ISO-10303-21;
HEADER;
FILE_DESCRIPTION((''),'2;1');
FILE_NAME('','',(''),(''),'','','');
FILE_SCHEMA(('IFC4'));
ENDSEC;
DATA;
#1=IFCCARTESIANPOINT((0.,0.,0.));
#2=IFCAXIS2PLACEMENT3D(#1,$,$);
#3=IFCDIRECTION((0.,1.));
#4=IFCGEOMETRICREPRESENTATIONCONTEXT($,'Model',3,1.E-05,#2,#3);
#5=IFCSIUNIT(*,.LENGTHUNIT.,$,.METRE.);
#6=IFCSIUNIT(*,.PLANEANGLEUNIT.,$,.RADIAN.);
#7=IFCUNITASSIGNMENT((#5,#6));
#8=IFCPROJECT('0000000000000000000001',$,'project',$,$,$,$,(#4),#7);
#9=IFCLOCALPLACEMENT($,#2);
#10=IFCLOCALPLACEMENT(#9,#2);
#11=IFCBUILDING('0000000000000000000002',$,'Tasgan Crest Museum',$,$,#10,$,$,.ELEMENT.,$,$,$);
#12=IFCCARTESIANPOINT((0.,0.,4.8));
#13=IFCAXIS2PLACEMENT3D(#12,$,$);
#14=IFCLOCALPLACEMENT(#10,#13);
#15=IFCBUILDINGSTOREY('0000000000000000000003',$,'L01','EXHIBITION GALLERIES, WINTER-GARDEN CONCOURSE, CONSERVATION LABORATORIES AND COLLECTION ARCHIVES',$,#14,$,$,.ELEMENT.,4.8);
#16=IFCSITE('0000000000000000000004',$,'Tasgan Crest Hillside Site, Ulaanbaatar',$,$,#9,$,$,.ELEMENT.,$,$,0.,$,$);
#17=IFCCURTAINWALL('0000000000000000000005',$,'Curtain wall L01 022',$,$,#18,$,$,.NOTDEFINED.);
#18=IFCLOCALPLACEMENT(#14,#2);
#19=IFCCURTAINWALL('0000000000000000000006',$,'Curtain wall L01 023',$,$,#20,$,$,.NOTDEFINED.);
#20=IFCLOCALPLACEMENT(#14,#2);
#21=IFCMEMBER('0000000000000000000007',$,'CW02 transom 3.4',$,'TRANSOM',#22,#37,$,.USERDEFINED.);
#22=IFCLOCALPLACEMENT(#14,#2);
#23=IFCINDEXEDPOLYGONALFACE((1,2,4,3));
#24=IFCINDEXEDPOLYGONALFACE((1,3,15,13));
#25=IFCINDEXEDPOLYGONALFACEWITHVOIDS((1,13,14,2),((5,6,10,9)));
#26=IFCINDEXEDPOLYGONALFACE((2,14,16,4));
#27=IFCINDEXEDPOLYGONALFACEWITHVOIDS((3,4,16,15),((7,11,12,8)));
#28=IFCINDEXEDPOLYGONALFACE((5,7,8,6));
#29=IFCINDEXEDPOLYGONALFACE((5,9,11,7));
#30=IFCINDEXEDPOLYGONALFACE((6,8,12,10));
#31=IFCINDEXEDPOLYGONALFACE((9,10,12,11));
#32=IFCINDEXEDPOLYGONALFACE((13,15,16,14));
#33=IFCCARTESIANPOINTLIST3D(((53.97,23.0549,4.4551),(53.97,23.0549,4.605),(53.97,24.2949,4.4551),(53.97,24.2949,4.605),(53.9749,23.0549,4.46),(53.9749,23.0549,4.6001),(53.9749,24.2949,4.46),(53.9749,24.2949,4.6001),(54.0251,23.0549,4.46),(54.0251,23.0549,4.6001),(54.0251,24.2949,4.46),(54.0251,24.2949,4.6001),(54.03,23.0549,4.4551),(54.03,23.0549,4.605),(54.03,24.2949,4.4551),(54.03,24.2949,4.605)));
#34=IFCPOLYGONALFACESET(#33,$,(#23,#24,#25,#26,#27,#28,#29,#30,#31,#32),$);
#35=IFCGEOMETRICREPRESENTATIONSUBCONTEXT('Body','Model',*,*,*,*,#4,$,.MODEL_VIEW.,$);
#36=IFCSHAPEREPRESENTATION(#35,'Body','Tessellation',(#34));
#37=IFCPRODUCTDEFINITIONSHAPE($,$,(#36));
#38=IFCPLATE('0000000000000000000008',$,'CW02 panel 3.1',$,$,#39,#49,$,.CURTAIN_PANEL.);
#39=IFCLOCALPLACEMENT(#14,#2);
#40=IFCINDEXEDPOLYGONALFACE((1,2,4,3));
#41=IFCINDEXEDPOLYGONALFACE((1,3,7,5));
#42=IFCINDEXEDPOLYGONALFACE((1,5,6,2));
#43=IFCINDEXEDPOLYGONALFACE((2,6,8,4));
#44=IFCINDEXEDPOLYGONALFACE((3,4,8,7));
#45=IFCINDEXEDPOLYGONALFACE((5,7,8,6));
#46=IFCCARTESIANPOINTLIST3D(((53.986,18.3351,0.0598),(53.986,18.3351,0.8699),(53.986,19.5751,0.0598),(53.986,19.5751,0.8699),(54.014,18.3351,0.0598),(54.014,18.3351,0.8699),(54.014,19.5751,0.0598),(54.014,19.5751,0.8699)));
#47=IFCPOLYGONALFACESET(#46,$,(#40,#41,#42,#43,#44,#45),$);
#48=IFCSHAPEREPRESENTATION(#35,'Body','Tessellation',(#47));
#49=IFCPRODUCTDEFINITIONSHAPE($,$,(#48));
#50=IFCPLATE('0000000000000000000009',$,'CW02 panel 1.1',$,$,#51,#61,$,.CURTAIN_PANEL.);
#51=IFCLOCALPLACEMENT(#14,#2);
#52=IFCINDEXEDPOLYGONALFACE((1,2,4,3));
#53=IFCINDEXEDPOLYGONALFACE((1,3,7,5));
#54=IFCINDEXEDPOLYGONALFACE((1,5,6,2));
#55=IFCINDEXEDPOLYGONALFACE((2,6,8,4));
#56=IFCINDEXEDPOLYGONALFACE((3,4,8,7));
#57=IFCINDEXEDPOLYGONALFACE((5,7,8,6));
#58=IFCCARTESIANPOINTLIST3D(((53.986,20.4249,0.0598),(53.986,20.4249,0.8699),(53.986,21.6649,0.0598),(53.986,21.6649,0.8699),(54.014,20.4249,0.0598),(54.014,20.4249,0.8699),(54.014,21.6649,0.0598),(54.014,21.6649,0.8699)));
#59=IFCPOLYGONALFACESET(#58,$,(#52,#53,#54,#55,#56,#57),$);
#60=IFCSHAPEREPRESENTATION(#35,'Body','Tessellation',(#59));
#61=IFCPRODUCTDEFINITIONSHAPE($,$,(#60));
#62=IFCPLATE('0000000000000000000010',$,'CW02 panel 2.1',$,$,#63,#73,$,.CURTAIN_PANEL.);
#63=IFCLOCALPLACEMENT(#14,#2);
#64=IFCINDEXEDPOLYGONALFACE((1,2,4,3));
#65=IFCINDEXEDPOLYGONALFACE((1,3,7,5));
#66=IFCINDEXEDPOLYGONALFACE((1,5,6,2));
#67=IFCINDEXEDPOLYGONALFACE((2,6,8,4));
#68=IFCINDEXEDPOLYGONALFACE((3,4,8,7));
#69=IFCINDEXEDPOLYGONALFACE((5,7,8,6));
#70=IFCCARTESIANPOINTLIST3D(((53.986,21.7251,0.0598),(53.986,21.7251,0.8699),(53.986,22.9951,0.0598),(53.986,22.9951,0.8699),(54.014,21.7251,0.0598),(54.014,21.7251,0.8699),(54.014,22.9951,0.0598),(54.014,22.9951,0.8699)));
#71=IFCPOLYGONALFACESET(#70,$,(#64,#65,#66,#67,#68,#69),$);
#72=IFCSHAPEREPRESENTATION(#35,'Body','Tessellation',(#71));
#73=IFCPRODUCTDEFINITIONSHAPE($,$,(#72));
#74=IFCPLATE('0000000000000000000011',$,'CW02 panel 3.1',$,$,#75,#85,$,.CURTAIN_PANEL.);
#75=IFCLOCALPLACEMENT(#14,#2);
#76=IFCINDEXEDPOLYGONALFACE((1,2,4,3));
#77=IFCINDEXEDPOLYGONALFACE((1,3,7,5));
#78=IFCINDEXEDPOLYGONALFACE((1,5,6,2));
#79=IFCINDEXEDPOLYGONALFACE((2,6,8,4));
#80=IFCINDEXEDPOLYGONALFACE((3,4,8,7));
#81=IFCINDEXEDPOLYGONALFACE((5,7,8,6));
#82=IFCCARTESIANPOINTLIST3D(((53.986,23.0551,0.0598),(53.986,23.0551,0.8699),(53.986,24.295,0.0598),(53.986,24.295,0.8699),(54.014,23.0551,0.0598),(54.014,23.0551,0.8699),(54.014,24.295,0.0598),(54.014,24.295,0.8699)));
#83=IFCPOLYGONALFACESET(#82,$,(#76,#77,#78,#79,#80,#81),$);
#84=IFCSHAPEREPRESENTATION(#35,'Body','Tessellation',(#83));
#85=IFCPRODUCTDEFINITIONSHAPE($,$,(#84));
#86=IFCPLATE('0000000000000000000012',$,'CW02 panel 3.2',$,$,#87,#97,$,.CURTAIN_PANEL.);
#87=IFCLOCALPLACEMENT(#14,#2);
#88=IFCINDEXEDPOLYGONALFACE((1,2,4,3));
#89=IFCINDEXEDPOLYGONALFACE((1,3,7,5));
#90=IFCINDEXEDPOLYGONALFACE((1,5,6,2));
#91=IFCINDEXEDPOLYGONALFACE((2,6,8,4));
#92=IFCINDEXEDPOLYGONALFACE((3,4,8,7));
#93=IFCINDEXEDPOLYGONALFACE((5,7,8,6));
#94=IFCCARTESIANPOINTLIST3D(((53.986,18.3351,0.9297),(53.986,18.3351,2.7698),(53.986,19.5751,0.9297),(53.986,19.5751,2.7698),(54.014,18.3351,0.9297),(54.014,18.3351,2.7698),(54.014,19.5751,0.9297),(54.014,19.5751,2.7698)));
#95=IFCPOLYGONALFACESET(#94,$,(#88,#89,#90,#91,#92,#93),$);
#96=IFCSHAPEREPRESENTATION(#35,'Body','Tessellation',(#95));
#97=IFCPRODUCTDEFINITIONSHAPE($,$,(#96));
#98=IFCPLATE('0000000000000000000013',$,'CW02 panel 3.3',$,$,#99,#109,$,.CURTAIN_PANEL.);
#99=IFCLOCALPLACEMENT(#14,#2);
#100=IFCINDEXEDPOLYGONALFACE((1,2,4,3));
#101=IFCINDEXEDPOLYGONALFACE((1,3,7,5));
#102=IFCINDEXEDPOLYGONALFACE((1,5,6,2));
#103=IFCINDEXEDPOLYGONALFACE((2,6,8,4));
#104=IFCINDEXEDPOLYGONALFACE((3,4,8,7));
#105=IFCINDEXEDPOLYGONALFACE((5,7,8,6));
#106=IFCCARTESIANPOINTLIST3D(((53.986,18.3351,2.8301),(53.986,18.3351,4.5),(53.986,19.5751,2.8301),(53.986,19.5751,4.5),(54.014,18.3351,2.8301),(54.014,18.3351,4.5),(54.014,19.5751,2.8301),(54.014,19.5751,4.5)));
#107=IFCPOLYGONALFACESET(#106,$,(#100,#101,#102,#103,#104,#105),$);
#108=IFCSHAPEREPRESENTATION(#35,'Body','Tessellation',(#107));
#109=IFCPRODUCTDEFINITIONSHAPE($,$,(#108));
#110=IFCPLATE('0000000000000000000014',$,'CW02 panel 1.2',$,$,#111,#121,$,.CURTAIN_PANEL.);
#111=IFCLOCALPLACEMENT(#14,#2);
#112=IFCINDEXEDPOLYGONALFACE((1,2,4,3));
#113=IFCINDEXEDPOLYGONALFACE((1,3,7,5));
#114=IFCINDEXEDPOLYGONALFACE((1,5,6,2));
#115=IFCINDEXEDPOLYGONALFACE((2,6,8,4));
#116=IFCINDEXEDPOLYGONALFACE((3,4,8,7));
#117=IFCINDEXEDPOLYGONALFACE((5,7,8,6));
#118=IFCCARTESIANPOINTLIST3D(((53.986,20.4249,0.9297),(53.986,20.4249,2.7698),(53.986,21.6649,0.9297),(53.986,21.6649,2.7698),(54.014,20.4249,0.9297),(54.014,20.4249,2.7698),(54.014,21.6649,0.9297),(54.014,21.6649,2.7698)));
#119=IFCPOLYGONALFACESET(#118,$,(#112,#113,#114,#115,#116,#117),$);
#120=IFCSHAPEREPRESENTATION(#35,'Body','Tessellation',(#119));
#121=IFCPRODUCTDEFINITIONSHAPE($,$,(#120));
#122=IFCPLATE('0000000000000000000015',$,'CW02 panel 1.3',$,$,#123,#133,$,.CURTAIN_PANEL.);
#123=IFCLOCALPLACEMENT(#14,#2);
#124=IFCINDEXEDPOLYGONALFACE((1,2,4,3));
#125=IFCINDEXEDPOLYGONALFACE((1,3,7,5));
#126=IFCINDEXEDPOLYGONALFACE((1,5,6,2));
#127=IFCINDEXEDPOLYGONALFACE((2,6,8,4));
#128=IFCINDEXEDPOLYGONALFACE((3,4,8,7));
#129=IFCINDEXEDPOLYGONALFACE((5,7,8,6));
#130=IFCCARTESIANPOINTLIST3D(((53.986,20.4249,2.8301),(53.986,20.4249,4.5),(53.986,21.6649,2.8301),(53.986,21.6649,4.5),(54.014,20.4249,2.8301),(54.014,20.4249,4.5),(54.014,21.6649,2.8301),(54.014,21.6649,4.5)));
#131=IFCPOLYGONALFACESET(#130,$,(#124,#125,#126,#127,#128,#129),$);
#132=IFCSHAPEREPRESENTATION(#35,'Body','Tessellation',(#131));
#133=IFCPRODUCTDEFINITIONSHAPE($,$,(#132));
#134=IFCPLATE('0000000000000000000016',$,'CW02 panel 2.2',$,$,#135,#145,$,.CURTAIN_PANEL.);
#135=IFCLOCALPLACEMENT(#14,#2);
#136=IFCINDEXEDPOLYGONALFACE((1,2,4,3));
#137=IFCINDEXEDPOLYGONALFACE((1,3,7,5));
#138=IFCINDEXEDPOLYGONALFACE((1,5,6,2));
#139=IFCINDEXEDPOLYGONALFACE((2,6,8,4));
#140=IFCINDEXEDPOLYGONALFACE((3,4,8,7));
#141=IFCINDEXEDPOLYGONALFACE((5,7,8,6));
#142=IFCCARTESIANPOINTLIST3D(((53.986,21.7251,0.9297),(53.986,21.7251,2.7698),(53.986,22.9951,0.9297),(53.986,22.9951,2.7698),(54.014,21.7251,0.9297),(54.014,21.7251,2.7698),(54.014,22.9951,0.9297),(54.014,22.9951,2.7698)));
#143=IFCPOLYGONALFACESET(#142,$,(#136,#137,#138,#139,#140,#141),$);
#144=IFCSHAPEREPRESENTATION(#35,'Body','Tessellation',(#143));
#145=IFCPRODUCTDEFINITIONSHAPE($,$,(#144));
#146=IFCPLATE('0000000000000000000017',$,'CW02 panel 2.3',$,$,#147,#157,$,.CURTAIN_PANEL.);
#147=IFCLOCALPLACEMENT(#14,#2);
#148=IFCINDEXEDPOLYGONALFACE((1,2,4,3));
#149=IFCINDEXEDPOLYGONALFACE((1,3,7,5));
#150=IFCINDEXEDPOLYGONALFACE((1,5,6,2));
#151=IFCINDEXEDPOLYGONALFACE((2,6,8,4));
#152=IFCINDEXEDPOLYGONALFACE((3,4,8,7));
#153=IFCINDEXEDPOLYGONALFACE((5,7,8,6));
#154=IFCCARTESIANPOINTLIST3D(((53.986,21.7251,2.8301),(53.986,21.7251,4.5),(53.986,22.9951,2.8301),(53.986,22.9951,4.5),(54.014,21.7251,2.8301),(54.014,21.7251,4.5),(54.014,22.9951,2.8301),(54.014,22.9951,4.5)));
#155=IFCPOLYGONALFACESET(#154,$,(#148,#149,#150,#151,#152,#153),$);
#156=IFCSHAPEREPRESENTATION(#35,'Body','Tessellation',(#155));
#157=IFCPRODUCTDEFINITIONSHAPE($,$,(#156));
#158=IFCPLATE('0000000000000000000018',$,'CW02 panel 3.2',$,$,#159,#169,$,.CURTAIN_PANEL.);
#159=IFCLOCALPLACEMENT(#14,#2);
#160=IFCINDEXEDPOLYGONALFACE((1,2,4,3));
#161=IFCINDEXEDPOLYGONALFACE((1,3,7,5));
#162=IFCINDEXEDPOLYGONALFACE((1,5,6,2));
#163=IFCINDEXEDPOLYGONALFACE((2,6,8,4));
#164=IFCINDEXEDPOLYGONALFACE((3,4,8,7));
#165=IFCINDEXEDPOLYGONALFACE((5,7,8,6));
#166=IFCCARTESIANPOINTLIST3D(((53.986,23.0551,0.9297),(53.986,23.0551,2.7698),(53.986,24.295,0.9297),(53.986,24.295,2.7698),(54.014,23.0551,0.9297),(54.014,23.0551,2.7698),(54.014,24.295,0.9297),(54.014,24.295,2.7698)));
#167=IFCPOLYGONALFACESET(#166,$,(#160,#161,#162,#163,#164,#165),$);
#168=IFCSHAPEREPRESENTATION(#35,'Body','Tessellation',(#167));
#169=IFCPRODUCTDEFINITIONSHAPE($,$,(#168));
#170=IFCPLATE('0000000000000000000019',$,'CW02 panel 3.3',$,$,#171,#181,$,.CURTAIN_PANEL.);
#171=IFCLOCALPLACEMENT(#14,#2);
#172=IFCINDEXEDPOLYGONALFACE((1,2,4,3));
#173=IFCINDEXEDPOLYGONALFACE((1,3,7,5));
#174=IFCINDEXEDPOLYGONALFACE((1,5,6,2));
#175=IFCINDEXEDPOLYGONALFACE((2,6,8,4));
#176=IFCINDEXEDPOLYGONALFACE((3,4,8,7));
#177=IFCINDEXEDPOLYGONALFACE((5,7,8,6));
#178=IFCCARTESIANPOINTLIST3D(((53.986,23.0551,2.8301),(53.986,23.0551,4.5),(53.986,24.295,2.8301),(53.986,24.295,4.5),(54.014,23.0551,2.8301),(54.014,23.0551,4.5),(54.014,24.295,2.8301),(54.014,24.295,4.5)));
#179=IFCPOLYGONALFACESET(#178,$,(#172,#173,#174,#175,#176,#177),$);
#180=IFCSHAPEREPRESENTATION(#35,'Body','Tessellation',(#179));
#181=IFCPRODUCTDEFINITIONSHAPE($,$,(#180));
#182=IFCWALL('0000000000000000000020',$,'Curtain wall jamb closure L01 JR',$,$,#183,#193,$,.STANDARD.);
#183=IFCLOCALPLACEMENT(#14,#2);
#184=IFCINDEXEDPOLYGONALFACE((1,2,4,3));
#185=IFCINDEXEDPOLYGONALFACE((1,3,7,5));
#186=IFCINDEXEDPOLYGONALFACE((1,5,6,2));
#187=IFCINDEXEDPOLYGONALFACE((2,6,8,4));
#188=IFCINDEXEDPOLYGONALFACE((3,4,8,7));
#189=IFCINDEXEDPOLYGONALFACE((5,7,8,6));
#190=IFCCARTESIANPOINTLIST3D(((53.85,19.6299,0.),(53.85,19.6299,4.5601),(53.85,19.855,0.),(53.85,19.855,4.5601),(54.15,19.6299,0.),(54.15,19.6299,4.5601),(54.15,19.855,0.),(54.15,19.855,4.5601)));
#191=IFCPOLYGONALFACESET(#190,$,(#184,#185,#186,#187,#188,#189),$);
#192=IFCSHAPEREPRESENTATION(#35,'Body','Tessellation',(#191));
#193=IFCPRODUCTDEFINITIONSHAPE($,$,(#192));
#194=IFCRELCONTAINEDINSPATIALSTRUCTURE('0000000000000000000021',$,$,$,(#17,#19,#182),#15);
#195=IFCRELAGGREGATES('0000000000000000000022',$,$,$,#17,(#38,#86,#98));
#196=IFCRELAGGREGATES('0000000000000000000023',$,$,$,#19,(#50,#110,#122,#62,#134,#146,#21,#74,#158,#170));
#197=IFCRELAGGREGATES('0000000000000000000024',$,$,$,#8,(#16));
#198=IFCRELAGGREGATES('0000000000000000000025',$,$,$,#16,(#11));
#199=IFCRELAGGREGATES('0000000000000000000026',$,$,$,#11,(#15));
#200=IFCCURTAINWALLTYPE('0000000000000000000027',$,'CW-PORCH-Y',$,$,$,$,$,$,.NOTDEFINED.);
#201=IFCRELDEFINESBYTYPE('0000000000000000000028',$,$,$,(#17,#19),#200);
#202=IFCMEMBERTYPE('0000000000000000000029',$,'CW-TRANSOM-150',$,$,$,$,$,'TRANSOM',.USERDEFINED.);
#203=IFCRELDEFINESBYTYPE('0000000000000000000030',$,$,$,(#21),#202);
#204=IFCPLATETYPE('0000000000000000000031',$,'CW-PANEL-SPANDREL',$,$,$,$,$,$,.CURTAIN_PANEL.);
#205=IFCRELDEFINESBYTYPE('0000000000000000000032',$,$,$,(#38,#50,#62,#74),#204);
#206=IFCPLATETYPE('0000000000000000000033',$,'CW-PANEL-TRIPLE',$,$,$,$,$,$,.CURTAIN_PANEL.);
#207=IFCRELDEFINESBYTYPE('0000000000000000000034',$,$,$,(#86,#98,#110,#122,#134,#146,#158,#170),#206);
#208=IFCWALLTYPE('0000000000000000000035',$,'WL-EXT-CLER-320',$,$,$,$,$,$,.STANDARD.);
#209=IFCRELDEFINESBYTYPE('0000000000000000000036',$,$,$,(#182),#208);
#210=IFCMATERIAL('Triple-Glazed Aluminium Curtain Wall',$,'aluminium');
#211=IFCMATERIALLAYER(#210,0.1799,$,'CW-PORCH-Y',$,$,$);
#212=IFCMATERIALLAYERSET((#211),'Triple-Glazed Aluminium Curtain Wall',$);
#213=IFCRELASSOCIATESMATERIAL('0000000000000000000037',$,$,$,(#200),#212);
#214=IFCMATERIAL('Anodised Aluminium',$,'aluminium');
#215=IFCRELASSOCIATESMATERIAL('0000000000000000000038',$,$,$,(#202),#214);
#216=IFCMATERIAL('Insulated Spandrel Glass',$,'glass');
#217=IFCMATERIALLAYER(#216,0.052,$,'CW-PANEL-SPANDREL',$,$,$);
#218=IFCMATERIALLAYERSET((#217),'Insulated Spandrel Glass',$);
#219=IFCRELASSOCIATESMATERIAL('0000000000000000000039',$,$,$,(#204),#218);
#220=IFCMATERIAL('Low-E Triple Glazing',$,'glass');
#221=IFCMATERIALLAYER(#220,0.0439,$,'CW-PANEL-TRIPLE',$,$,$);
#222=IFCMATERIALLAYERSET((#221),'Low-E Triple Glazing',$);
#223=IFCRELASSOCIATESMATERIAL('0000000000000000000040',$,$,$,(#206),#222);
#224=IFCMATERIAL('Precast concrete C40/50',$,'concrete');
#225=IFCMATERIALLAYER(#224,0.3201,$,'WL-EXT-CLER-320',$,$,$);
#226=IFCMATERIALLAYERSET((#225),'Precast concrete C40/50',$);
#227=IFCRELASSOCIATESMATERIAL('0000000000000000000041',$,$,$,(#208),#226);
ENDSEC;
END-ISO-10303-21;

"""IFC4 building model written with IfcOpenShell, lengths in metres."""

from ifc_helpers import new_model, si_unit, direction, frame, frame_2d, origin, origin_2d, place, context, subcontext, project, spatial, rectangle, hollow_rectangle, extrude, material, layer, layer_set, material_profile, profile_set, type_object, element, aggregate, save


model = new_model("IFC4")

# Units and contexts
model_context = context("Model", 3, precision=1e-05, world=origin(), true_north=direction((0.0, 1.0)))
body_context = subcontext(model_context, "Body", "Model", "MODEL_VIEW")
ifc_project = project(units=[si_unit("LENGTHUNIT", "METRE"), si_unit("PLANEANGLEUNIT", "RADIAN")], contexts=[model_context])

# Site, building, storey
site_placement = place(None, origin())
site = spatial("IfcSite", under=ifc_project, at=site_placement, Name="Tasgan Crest Hillside Site, Ulaanbaatar", CompositionType="ELEMENT", RefElevation=0.0)
building_placement = place(site_placement, origin())
building = spatial("IfcBuilding", under=site, at=building_placement, Name="Tasgan Crest Museum", CompositionType="ELEMENT")
storey_placement = place(building_placement, frame((0.0, 0.0, 4.8)))
storey = spatial("IfcBuildingStorey", under=building, at=storey_placement, Name="L01", Description="EXHIBITION GALLERIES, WINTER-GARDEN CONCOURSE, CONSERVATION LABORATORIES AND COLLECTION ARCHIVES", CompositionType="ELEMENT", Elevation=4.8)

# Curtain wall
ifc_material_1 = material(Name="Triple-Glazed Aluminium Curtain Wall", Category="aluminium")
ifc_layer_1 = layer(ifc_material_1, 0.1799, Name="CW-PORCH-Y")
ifc_layer_set_1 = layer_set([ifc_layer_1], Name="Triple-Glazed Aluminium Curtain Wall")
curtain_wall_type = type_object("IfcCurtainWallType", Name="CW-PORCH-Y", PredefinedType="NOTDEFINED", material=ifc_layer_set_1)
curtain_wall_1_placement = place(storey_placement, origin())
curtain_wall_1 = element("IfcCurtainWall", 1, at=curtain_wall_1_placement, inside=storey, type_object=curtain_wall_type, Name="Curtain wall L01 022", PredefinedType="NOTDEFINED")

# Curtain wall, member
curtain_wall_2_placement = place(storey_placement, origin())
curtain_wall_2 = element("IfcCurtainWall", 2, at=curtain_wall_2_placement, inside=storey, type_object=curtain_wall_type, Name="Curtain wall L01 023", PredefinedType="NOTDEFINED")
ifc_material_2 = material(Name="Anodised Aluminium", Category="aluminium")
ifc_material_profile_1 = material_profile(ifc_material_2, hollow_rectangle(XDim=0.0601, YDim=0.1499, WallThickness=0.0049, at=origin_2d()), Name="ALU TRANSOM 150x60x5")
ifc_profile_set_1 = profile_set([ifc_material_profile_1], Name="Anodised Aluminium")
member_type_1 = type_object("IfcMemberType", Name="CW-TRANSOM-150", ElementType="TRANSOM", PredefinedType="USERDEFINED", material=ifc_profile_set_1)
member_1_placement = place(storey_placement, frame((54.0, 23.0549, 4.53), z_axis=(0.0, 1.0, 0.0), x_axis=(-1.0, 0.0, 0.0)))
member_1 = element("IfcMember", 3, at=member_1_placement, type_object=member_type_1, Name="CW02 transom 3.4", ObjectType="TRANSOM", PredefinedType="USERDEFINED", context=body_context, shape_type="SweptSolid", body=[
    extrude(hollow_rectangle(XDim=0.0601, YDim=0.1499, WallThickness=0.0049, at=origin_2d()), origin(), (0.0, 0.0, 1.0), 1.24),
])

# Plates
ifc_material_3 = material(Name="Insulated Spandrel Glass", Category="glass")
ifc_layer_2 = layer(ifc_material_3, 0.052, Name="CW-PANEL-SPANDREL")
ifc_layer_set_2 = layer_set([ifc_layer_2], Name="Insulated Spandrel Glass")
plate_type_1 = type_object("IfcPlateType", Name="CW-PANEL-SPANDREL", PredefinedType="CURTAIN_PANEL", material=ifc_layer_set_2)
plate_1_placement = place(storey_placement, frame((54.0, 18.9551, 0.0598), z_axis=(0.0, 0.0, 1.0), x_axis=(0.0, 1.0, 0.0)))
plate_1 = element("IfcPlate", 4, at=plate_1_placement, type_object=plate_type_1, Name="CW02 panel 3.1", PredefinedType="CURTAIN_PANEL", context=body_context, shape_type="SweptSolid", body=[
    extrude(rectangle(XDim=1.24, YDim=0.0281, at=origin_2d()), origin(), (0.0, 0.0, 1.0), 0.8101),
])
plate_2_placement = place(storey_placement, frame((54.0, 21.0449, 0.0598), z_axis=(0.0, 0.0, 1.0), x_axis=(0.0, 1.0, 0.0)))
plate_2 = element("IfcPlate", 5, at=plate_2_placement, type_object=plate_type_1, Name="CW02 panel 1.1", PredefinedType="CURTAIN_PANEL", context=body_context, shape_type="SweptSolid", body=[
    extrude(rectangle(XDim=1.24, YDim=0.0281, at=origin_2d()), origin(), (0.0, 0.0, 1.0), 0.8101),
])
plate_3_placement = place(storey_placement, frame((54.0, 22.3601, 0.0598), z_axis=(0.0, 0.0, 1.0), x_axis=(0.0, 1.0, 0.0)))
plate_3 = element("IfcPlate", 6, at=plate_3_placement, type_object=plate_type_1, Name="CW02 panel 2.1", PredefinedType="CURTAIN_PANEL", context=body_context, shape_type="SweptSolid", body=[
    extrude(rectangle(XDim=1.27, YDim=0.0281, at=origin_2d()), origin(), (0.0, 0.0, 1.0), 0.8101),
])
plate_4_placement = place(storey_placement, frame((54.0, 23.675, 0.0598), z_axis=(0.0, 0.0, 1.0), x_axis=(0.0, 1.0, 0.0)))
plate_4 = element("IfcPlate", 7, at=plate_4_placement, type_object=plate_type_1, Name="CW02 panel 3.1", PredefinedType="CURTAIN_PANEL", context=body_context, shape_type="SweptSolid", body=[
    extrude(rectangle(XDim=1.24, YDim=0.0281, at=origin_2d()), origin(), (0.0, 0.0, 1.0), 0.8101),
])
ifc_material_4 = material(Name="Low-E Triple Glazing", Category="glass")
ifc_layer_3 = layer(ifc_material_4, 0.0439, Name="CW-PANEL-TRIPLE")
ifc_layer_set_3 = layer_set([ifc_layer_3], Name="Low-E Triple Glazing")
plate_type_2 = type_object("IfcPlateType", Name="CW-PANEL-TRIPLE", PredefinedType="CURTAIN_PANEL", material=ifc_layer_set_3)
plate_5_placement = place(storey_placement, frame((54.0, 18.9551, 0.9297), z_axis=(0.0, 0.0, 1.0), x_axis=(0.0, 1.0, 0.0)))
plate_5 = element("IfcPlate", 8, at=plate_5_placement, type_object=plate_type_2, Name="CW02 panel 3.2", PredefinedType="CURTAIN_PANEL", context=body_context, shape_type="SweptSolid", body=[
    extrude(rectangle(XDim=1.24, YDim=0.0281, at=origin_2d()), origin(), (0.0, 0.0, 1.0), 1.8401),
])
plate_6_placement = place(storey_placement, frame((54.0, 18.9551, 2.8301), z_axis=(0.0, 0.0, 1.0), x_axis=(0.0, 1.0, 0.0)))
plate_6 = element("IfcPlate", 9, at=plate_6_placement, type_object=plate_type_2, Name="CW02 panel 3.3", PredefinedType="CURTAIN_PANEL", context=body_context, shape_type="SweptSolid", body=[
    extrude(rectangle(XDim=1.24, YDim=0.0281, at=origin_2d()), origin(), (0.0, 0.0, 1.0), 1.6699),
])
aggregate(curtain_wall_1, [plate_1, plate_5, plate_6])
plate_7_placement = place(storey_placement, frame((54.0, 21.0449, 0.9297), z_axis=(0.0, 0.0, 1.0), x_axis=(0.0, 1.0, 0.0)))
plate_7 = element("IfcPlate", 10, at=plate_7_placement, type_object=plate_type_2, Name="CW02 panel 1.2", PredefinedType="CURTAIN_PANEL", context=body_context, shape_type="SweptSolid", body=[
    extrude(rectangle(XDim=1.24, YDim=0.0281, at=origin_2d()), origin(), (0.0, 0.0, 1.0), 1.8401),
])
plate_8_placement = place(storey_placement, frame((54.0, 21.0449, 2.8301), z_axis=(0.0, 0.0, 1.0), x_axis=(0.0, 1.0, 0.0)))
plate_8 = element("IfcPlate", 11, at=plate_8_placement, type_object=plate_type_2, Name="CW02 panel 1.3", PredefinedType="CURTAIN_PANEL", context=body_context, shape_type="SweptSolid", body=[
    extrude(rectangle(XDim=1.24, YDim=0.0281, at=origin_2d()), origin(), (0.0, 0.0, 1.0), 1.6699),
])
plate_9_placement = place(storey_placement, frame((54.0, 22.3601, 0.9297), z_axis=(0.0, 0.0, 1.0), x_axis=(0.0, 1.0, 0.0)))
plate_9 = element("IfcPlate", 12, at=plate_9_placement, type_object=plate_type_2, Name="CW02 panel 2.2", PredefinedType="CURTAIN_PANEL", context=body_context, shape_type="SweptSolid", body=[
    extrude(rectangle(XDim=1.27, YDim=0.0281, at=origin_2d()), origin(), (0.0, 0.0, 1.0), 1.8401),
])
plate_10_placement = place(storey_placement, frame((54.0, 22.3601, 2.8301), z_axis=(0.0, 0.0, 1.0), x_axis=(0.0, 1.0, 0.0)))
plate_10 = element("IfcPlate", 13, at=plate_10_placement, type_object=plate_type_2, Name="CW02 panel 2.3", PredefinedType="CURTAIN_PANEL", context=body_context, shape_type="SweptSolid", body=[
    extrude(rectangle(XDim=1.27, YDim=0.0281, at=origin_2d()), origin(), (0.0, 0.0, 1.0), 1.6699),
])
plate_11_placement = place(storey_placement, frame((54.0, 23.675, 0.9297), z_axis=(0.0, 0.0, 1.0), x_axis=(0.0, 1.0, 0.0)))
plate_11 = element("IfcPlate", 14, at=plate_11_placement, type_object=plate_type_2, Name="CW02 panel 3.2", PredefinedType="CURTAIN_PANEL", context=body_context, shape_type="SweptSolid", body=[
    extrude(rectangle(XDim=1.24, YDim=0.0281, at=origin_2d()), origin(), (0.0, 0.0, 1.0), 1.8401),
])
plate_12_placement = place(storey_placement, frame((54.0, 23.675, 2.8301), z_axis=(0.0, 0.0, 1.0), x_axis=(0.0, 1.0, 0.0)))
plate_12 = element("IfcPlate", 15, at=plate_12_placement, type_object=plate_type_2, Name="CW02 panel 3.3", PredefinedType="CURTAIN_PANEL", context=body_context, shape_type="SweptSolid", body=[
    extrude(rectangle(XDim=1.24, YDim=0.0281, at=origin_2d()), origin(), (0.0, 0.0, 1.0), 1.6699),
])
aggregate(curtain_wall_2, [plate_2, plate_7, plate_8, plate_3, plate_9, plate_10, member_1, plate_4, plate_11, plate_12])

# Wall
ifc_material_5 = material(Name="Precast concrete C40/50", Category="concrete")
ifc_layer_4 = layer(ifc_material_5, 0.3201, Name="WL-EXT-CLER-320")
ifc_layer_set_4 = layer_set([ifc_layer_4], Name="Precast concrete C40/50")
wall_type = type_object("IfcWallType", Name="WL-EXT-CLER-320", PredefinedType="STANDARD", material=ifc_layer_set_4)
for number, where, z_axis, x_axis, name in (
    (16, (54.0, 19.6299, 0.0), (0.0, 0.0, 1.0), (0.0, 1.0, 0.0), "Curtain wall jamb closure L01 JR"),
):
    element("IfcWall", number, at=place(storey_placement, frame(where, z_axis=z_axis, x_axis=x_axis)), inside=storey, type_object=wall_type, Name=name, PredefinedType="STANDARD", context=body_context, shape_type="SweptSolid", body=[
        extrude(rectangle(XDim=0.2251, YDim=0.3, at=frame_2d((0.1125, 0.0))), origin(), (0.0, 0.0, 1.0), 4.5601),
    ])

save(model, "model.ifc")
